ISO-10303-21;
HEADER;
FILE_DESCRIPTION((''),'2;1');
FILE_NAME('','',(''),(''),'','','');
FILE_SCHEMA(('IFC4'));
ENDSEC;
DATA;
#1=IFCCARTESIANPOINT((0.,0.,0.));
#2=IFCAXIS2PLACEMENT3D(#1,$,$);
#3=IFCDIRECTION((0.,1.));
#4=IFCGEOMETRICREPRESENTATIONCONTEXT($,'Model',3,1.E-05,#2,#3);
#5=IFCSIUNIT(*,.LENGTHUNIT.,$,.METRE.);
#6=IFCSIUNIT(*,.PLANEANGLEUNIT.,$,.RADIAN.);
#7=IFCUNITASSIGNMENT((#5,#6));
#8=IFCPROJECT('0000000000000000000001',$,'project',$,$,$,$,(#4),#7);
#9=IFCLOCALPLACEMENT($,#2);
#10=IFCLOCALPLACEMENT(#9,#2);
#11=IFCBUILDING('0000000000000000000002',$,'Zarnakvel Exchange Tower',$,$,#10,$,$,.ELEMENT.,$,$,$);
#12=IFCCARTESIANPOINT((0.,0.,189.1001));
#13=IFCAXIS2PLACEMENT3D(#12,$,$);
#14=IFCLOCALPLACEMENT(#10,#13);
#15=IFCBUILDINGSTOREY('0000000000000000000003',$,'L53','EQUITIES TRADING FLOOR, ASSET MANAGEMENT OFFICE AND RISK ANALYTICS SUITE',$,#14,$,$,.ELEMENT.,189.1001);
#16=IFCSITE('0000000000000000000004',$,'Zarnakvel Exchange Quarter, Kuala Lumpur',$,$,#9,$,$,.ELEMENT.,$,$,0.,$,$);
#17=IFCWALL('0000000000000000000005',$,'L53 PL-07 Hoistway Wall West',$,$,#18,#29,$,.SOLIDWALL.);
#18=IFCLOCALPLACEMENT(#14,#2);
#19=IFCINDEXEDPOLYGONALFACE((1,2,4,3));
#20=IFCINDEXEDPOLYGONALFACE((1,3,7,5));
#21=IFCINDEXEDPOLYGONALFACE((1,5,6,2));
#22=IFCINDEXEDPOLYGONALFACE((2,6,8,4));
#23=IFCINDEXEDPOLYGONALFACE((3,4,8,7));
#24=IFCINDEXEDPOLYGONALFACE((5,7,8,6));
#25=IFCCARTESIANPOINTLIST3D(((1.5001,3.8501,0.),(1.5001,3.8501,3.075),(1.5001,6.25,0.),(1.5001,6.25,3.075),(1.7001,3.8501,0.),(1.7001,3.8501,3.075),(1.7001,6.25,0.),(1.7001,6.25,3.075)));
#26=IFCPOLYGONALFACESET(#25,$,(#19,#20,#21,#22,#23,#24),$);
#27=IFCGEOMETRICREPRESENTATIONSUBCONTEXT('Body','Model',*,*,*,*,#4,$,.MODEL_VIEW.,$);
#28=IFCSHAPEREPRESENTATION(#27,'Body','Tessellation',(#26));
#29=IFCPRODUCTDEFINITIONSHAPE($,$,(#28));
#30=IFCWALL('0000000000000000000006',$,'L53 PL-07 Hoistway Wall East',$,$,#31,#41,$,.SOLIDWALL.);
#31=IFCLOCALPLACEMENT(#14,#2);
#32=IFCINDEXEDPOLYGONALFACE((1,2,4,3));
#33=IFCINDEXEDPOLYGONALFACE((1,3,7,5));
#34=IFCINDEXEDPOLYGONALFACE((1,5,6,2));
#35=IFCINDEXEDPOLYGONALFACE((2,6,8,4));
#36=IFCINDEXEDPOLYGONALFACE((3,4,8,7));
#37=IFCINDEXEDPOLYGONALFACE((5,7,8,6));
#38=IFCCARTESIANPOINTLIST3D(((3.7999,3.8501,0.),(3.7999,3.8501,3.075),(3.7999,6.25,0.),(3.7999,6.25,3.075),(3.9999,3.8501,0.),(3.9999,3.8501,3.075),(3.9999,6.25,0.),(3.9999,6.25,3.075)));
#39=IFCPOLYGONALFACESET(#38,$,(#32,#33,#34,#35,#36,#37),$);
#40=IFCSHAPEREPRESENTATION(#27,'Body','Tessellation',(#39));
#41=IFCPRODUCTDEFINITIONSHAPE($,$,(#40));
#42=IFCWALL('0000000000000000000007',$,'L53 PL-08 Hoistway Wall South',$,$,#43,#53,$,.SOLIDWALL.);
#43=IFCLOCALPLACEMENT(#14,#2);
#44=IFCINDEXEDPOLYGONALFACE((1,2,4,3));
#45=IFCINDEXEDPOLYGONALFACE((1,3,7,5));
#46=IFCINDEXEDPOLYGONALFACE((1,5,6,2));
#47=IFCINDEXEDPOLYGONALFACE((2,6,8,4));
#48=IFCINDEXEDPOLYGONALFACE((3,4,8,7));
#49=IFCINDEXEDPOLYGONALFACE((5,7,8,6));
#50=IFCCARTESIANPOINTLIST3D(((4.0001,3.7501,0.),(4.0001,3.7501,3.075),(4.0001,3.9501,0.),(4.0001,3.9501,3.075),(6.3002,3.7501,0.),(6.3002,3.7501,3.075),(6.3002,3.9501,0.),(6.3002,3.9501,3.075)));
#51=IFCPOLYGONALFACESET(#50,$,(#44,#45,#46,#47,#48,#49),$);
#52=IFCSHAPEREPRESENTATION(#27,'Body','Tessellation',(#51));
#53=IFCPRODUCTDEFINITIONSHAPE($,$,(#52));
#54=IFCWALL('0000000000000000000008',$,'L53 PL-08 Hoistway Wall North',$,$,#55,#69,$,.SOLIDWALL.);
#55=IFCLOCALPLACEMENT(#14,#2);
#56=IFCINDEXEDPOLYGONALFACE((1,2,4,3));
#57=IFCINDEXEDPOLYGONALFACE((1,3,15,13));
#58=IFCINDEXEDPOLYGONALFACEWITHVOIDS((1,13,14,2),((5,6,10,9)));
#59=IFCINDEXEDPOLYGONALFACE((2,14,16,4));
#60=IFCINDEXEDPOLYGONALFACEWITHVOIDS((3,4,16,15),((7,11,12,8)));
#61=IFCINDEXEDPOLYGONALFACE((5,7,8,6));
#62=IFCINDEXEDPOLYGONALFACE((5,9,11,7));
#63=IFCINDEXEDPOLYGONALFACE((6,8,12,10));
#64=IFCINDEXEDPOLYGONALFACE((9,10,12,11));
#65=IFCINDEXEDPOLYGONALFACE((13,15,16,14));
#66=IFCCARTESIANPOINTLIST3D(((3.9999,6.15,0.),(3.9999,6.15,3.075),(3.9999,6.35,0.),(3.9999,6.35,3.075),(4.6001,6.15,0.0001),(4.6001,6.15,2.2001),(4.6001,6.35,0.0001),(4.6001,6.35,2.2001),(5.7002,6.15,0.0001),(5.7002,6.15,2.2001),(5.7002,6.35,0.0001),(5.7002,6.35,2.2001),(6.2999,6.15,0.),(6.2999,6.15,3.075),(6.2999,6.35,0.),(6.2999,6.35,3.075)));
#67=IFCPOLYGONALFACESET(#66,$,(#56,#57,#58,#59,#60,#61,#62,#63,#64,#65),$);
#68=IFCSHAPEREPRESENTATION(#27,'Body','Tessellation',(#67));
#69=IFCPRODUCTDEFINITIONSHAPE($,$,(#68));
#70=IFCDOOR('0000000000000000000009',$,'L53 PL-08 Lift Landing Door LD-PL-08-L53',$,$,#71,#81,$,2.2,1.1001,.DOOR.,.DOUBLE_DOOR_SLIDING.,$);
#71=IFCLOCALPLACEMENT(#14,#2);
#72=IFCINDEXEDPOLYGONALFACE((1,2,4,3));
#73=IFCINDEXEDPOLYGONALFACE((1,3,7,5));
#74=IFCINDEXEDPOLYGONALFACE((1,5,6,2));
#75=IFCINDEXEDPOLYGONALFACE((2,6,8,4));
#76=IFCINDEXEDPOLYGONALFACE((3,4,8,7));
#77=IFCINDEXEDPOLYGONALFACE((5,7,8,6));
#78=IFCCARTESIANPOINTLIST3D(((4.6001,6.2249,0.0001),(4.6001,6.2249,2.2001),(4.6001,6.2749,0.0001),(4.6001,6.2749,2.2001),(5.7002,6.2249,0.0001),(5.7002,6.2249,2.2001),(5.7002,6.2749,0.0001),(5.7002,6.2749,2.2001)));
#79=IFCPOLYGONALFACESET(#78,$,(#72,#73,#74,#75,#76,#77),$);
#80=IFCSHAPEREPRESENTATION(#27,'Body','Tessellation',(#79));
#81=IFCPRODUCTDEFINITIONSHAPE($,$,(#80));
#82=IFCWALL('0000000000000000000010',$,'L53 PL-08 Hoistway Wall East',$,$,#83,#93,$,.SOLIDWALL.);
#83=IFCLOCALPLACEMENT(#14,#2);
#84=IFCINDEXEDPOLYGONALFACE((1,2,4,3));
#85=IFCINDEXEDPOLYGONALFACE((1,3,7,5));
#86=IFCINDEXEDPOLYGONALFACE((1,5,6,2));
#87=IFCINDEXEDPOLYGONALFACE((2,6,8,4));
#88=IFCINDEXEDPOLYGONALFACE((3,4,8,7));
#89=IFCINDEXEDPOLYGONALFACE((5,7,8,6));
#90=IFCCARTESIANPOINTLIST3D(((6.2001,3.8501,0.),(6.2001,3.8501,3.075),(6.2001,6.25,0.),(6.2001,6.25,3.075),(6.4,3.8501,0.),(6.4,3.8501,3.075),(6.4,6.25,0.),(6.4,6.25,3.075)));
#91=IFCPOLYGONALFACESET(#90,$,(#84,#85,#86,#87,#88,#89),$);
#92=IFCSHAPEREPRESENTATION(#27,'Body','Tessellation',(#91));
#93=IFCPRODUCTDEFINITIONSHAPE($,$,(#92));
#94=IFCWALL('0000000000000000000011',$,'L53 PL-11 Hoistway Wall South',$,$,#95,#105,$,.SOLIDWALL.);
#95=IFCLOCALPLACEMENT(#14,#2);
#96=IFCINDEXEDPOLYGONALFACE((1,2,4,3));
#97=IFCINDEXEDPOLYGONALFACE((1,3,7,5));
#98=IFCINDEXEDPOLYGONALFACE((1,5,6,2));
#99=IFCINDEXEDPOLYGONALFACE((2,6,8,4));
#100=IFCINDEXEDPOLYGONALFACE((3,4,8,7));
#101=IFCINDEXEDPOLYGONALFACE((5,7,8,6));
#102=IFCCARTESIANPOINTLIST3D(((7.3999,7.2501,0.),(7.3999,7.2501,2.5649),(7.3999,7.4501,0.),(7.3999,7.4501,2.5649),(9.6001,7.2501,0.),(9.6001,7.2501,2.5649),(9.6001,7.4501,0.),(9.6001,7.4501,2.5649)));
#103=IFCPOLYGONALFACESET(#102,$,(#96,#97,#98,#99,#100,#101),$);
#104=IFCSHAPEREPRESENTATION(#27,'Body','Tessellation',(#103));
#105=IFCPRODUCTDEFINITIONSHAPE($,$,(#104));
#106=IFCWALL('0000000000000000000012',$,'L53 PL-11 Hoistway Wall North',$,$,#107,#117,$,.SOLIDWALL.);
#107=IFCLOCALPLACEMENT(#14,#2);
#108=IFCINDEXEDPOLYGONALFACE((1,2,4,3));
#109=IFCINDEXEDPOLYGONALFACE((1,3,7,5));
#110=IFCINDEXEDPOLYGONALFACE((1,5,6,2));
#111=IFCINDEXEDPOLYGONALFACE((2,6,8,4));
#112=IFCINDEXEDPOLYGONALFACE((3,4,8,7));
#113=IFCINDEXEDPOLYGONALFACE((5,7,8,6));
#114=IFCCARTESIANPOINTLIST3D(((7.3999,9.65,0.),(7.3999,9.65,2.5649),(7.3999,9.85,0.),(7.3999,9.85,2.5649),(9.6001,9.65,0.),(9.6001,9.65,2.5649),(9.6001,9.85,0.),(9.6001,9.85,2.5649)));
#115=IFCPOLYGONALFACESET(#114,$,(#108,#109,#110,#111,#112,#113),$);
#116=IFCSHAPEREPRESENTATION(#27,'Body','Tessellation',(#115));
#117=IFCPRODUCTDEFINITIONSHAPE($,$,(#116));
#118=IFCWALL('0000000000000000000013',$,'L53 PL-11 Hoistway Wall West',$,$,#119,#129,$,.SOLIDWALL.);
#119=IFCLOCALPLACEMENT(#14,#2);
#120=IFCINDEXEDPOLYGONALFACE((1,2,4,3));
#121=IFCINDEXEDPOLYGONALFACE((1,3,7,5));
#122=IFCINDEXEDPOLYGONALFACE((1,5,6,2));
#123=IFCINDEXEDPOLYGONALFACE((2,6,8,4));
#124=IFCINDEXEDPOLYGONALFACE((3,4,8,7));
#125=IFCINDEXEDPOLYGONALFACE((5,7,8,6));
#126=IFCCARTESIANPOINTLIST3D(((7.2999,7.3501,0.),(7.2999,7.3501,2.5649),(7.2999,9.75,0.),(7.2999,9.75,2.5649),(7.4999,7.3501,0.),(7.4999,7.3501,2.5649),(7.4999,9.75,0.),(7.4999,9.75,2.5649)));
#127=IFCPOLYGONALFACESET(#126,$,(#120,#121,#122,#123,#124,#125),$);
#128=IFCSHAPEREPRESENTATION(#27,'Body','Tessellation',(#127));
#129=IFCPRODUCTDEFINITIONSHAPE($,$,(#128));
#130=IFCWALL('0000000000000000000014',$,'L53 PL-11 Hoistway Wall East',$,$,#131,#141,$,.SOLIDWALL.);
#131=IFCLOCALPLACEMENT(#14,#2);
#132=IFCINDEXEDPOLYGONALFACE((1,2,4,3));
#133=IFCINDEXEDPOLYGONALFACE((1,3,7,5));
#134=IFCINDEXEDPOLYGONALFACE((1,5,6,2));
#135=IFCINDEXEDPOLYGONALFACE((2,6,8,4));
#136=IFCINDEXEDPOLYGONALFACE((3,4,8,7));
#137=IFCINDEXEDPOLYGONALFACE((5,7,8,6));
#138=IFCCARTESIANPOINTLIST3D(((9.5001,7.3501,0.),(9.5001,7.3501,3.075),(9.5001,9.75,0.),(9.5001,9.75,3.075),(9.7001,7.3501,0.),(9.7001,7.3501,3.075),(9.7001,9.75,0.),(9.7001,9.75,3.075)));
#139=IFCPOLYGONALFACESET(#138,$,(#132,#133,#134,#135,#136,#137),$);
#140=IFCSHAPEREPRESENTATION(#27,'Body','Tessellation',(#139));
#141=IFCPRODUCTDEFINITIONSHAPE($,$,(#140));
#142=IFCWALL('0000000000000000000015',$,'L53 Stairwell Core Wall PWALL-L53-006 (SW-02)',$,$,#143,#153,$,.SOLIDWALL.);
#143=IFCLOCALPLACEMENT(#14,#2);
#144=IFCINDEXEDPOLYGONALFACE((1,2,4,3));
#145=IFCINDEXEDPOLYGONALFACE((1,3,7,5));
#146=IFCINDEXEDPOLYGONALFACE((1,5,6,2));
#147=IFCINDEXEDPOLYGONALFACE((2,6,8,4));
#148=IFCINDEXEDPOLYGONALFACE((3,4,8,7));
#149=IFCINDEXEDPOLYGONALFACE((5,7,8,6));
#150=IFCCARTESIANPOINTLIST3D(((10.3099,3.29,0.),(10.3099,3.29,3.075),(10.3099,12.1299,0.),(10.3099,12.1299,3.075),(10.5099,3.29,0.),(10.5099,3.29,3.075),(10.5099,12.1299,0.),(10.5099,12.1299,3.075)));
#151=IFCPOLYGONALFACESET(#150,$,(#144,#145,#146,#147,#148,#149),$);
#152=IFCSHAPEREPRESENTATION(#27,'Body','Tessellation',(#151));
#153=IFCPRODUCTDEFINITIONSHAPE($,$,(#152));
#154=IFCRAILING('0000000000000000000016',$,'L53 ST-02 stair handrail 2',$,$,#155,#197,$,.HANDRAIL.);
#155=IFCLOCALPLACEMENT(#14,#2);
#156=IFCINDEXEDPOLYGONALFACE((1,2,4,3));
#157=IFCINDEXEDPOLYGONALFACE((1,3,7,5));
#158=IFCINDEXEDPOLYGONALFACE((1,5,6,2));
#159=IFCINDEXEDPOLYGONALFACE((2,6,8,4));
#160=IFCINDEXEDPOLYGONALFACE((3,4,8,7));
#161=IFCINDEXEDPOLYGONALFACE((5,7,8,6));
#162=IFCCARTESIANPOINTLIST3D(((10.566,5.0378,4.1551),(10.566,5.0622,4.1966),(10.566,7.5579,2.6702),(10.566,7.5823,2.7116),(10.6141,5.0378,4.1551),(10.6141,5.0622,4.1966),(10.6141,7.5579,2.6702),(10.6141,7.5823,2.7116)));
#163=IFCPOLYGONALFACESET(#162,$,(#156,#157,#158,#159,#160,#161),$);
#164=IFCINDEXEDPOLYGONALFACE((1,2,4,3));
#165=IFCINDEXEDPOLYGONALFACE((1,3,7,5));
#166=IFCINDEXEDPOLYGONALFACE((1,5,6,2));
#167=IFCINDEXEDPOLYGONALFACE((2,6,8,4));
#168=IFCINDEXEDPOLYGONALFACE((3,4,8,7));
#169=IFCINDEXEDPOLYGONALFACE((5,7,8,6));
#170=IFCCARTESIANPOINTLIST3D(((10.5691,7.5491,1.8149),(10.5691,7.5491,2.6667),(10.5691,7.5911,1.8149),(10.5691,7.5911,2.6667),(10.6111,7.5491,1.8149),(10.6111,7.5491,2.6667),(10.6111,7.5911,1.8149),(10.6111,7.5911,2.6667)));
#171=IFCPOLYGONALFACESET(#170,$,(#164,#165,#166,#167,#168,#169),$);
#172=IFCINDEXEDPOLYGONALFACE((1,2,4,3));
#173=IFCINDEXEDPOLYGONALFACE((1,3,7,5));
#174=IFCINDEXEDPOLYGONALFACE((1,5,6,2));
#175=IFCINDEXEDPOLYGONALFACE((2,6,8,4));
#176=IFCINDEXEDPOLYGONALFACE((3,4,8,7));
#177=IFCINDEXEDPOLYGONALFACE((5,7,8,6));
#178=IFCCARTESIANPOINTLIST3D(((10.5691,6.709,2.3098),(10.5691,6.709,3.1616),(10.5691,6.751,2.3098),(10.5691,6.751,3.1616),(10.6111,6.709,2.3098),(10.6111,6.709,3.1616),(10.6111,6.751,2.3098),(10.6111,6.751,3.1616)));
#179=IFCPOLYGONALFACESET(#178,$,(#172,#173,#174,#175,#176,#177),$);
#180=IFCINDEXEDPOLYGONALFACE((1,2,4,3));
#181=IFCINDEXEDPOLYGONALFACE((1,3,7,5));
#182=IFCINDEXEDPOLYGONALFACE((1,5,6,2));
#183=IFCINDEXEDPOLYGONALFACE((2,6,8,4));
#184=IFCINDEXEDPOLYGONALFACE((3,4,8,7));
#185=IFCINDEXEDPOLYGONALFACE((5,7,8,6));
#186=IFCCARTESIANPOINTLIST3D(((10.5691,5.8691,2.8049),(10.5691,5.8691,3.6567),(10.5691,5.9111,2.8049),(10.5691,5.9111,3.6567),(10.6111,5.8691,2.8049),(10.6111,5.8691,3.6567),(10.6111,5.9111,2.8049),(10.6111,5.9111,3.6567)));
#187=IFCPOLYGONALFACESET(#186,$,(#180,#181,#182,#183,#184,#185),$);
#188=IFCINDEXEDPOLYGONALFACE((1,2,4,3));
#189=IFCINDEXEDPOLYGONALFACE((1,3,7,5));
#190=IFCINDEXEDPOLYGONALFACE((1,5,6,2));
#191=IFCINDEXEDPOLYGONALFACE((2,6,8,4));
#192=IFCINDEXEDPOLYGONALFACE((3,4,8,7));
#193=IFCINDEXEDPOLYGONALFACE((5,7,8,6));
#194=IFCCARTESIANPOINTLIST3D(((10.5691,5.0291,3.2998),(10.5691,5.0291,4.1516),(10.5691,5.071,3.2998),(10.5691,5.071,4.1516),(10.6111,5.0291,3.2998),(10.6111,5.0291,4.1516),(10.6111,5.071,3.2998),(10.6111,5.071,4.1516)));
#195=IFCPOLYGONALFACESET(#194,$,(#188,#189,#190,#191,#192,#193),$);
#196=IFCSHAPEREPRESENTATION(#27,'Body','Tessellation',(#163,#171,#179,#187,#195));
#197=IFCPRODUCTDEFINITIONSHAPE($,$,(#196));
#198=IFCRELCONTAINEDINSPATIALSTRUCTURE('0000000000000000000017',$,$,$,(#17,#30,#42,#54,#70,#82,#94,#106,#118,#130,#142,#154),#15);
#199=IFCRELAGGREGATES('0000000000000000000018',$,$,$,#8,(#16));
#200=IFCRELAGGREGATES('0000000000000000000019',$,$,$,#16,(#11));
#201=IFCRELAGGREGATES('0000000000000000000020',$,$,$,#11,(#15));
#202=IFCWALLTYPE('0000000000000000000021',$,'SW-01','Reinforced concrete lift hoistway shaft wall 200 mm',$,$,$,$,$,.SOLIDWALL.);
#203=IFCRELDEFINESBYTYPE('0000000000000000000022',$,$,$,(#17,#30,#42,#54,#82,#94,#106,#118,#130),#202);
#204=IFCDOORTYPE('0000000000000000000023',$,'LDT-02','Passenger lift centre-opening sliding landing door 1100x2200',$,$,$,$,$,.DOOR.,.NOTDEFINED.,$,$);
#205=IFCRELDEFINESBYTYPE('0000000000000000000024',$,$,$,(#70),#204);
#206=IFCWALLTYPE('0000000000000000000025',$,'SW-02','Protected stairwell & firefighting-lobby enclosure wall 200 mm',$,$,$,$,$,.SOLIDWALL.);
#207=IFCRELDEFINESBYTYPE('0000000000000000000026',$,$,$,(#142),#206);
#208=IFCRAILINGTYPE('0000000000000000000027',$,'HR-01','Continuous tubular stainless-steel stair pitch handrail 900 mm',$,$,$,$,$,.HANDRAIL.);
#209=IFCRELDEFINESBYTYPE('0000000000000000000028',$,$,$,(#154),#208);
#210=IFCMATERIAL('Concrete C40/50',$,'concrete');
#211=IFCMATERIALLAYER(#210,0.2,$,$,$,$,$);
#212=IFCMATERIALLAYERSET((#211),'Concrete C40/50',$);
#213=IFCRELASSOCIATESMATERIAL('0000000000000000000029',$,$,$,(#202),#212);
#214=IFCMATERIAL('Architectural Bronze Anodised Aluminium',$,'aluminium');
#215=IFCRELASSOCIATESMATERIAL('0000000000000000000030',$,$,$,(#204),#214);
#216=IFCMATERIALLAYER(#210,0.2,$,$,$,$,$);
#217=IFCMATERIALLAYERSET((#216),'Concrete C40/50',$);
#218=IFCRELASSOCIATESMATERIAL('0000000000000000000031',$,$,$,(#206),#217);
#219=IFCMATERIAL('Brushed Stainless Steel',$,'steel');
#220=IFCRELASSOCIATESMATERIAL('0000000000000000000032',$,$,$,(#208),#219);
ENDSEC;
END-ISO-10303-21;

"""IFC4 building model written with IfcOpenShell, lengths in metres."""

from ifc_helpers import new_model, si_unit, direction, frame, frame_2d, origin, origin_2d, place, context, subcontext, project, spatial, rectangle, extrude, source, transform, mapped, material, layer, layer_set, type_object, element, fill, save


model = new_model("IFC4")

# Units and contexts
model_context = context("Model", 3, precision=1e-05, world=origin(), true_north=direction((0.0, 1.0)))
body_context = subcontext(model_context, "Body", "Model", "MODEL_VIEW")
ifc_project = project(units=[si_unit("LENGTHUNIT", "METRE"), si_unit("PLANEANGLEUNIT", "RADIAN")], contexts=[model_context])

# Site, building, storey
site_placement = place(None, origin())
site = spatial("IfcSite", under=ifc_project, at=site_placement, Name="Zarnakvel Exchange Quarter, Kuala Lumpur", CompositionType="ELEMENT", RefElevation=0.0)
building_placement = place(site_placement, origin())
building = spatial("IfcBuilding", under=site, at=building_placement, Name="Zarnakvel Exchange Tower", CompositionType="ELEMENT")
storey_placement = place(building_placement, frame((0.0, 0.0, 189.1001)))
storey = spatial("IfcBuildingStorey", under=building, at=storey_placement, Name="L53", Description="EQUITIES TRADING FLOOR, ASSET MANAGEMENT OFFICE AND RISK ANALYTICS SUITE", CompositionType="ELEMENT", Elevation=189.1001)

# Shared definitions
ifc_material_1 = material(Name="Concrete C40/50", Category="concrete")
ifc_layer_1 = layer(ifc_material_1, 0.2)
ifc_layer_set_1 = layer_set([ifc_layer_1], Name="Concrete C40/50")
wall_type_1 = type_object("IfcWallType", Name="SW-01", Description="Reinforced concrete lift hoistway shaft wall 200 mm", PredefinedType="SOLIDWALL", material=ifc_layer_set_1)
ifc_material_2 = material(Name="Brushed Stainless Steel", Category="steel")
shared_shape_1 = source(origin(), body_context, "Body", "SweptSolid", [
    extrude(rectangle(XDim=1.1001, YDim=2.2, at=frame_2d((0.55, 1.1001))), frame((0.0, 0.0249, 0.0), z_axis=(0.0, -1.0, 0.0), x_axis=(1.0, 0.0, 0.0)), (0.0, 0.0, 1.0), 0.05),
])

# Shared definitions
ifc_material_3 = material(Name="Architectural Bronze Anodised Aluminium", Category="aluminium")
door_type_1 = type_object("IfcDoorType", Name="LDT-02", Description="Passenger lift centre-opening sliding landing door 1100x2200", OperationType="NOTDEFINED", PredefinedType="DOOR", material=ifc_material_3)

# Walls
for number, where, z_axis, x_axis, name in (
    (1, (1.6001, 3.8501, 0.0), (0.0, 0.0, 1.0), (0.0, 1.0, 0.0), "L53 PL-07 Hoistway Wall West"),
    (2, (3.8999, 6.25, 0.0), (0.0, 0.0, 1.0), (0.0, -1.0, 0.0), "L53 PL-07 Hoistway Wall East"),
):
    element("IfcWall", number, at=place(storey_placement, frame(where, z_axis=z_axis, x_axis=x_axis)), inside=storey, type_object=wall_type_1, Name=name, PredefinedType="SOLIDWALL", context=body_context, shape_type="SweptSolid", body=[
        extrude(rectangle(XDim=2.3999, YDim=0.2, at=frame_2d((1.2, 0.0))), origin(), (0.0, 0.0, 1.0), 3.075),
    ])
wall_1_placement = place(storey_placement, frame((6.3, 3.8501, 0.0), z_axis=(0.0, 0.0, 1.0), x_axis=(-1.0, 0.0, 0.0)))
element("IfcWall", 3, at=wall_1_placement, inside=storey, type_object=wall_type_1, Name="L53 PL-08 Hoistway Wall South", PredefinedType="SOLIDWALL", context=body_context, shape_type="SweptSolid", body=[
    extrude(rectangle(XDim=2.3, YDim=0.2, at=frame_2d((1.1499, 0.0))), origin(), (0.0, 0.0, 1.0), 3.075),
])

# Wall, opening, door
wall_2_placement = place(storey_placement, frame((4.0, 6.25, 0.0), z_axis=(0.0, 0.0, 1.0), x_axis=(1.0, 0.0, 0.0)))
wall_2 = element("IfcWall", 4, at=wall_2_placement, inside=storey, type_object=wall_type_1, Name="L53 PL-08 Hoistway Wall North", PredefinedType="SOLIDWALL", context=body_context, shape_type="SweptSolid", body=[
    extrude(rectangle(XDim=2.3, YDim=0.2, at=frame_2d((1.1499, 0.0))), origin(), (0.0, 0.0, 1.0), 3.075),
])
opening_1_placement = place(wall_2_placement, frame((0.6001, 0.0, 0.0)))
opening_1 = element("IfcOpeningElement", 5, at=opening_1_placement, cuts=wall_2, PredefinedType="OPENING", context=body_context, shape_type="SweptSolid", body=[
    extrude(rectangle(XDim=1.1001, YDim=2.2, at=frame_2d((0.55, 1.1001))), frame((0.0, 0.1099, 0.0), z_axis=(0.0, -1.0, 0.0), x_axis=(1.0, 0.0, 0.0)), (0.0, 0.0, 1.0), 0.22),
])
door_1_placement = place(opening_1_placement, origin())
door_1 = element("IfcDoor", 6, at=door_1_placement, inside=storey, type_object=door_type_1, Name="L53 PL-08 Lift Landing Door LD-PL-08-L53", OperationType="DOUBLE_DOOR_SLIDING", OverallHeight=2.2, OverallWidth=1.1001, PredefinedType="DOOR", context=body_context, shape_type="MappedRepresentation", body=[
    mapped(shared_shape_1, transform((0.0, 0.0, 0.0), x_axis=(1.0, 0.0, 0.0), y_axis=(0.0, 1.0, 0.0), z_axis=(0.0, 0.0, 1.0), scale=1.0)),
])
fill(opening_1, door_1)

# Walls
wall_3_placement = place(storey_placement, frame((6.3, 6.25, 0.0), z_axis=(0.0, 0.0, 1.0), x_axis=(0.0, -1.0, 0.0)))
element("IfcWall", 7, at=wall_3_placement, inside=storey, type_object=wall_type_1, Name="L53 PL-08 Hoistway Wall East", PredefinedType="SOLIDWALL", context=body_context, shape_type="SweptSolid", body=[
    extrude(rectangle(XDim=2.3999, YDim=0.2, at=frame_2d((1.2, 0.0))), origin(), (0.0, 0.0, 1.0), 3.075),
])
for number, where, z_axis, x_axis, name in (
    (8, (9.6001, 7.3501, 0.0), (0.0, 0.0, 1.0), (-1.0, 0.0, 0.0), "L53 PL-11 Hoistway Wall South"),
    (9, (7.3999, 9.75, 0.0), (0.0, 0.0, 1.0), (1.0, 0.0, 0.0), "L53 PL-11 Hoistway Wall North"),
):
    element("IfcWall", number, at=place(storey_placement, frame(where, z_axis=z_axis, x_axis=x_axis)), inside=storey, type_object=wall_type_1, Name=name, PredefinedType="SOLIDWALL", context=body_context, shape_type="SweptSolid", body=[
        extrude(rectangle(XDim=2.2002, YDim=0.2, at=frame_2d((1.1001, 0.0))), origin(), (0.0, 0.0, 1.0), 2.5649),
    ])
wall_4_placement = place(storey_placement, frame((7.3999, 7.3501, 0.0), z_axis=(0.0, 0.0, 1.0), x_axis=(0.0, 1.0, 0.0)))
element("IfcWall", 10, at=wall_4_placement, inside=storey, type_object=wall_type_1, Name="L53 PL-11 Hoistway Wall West", PredefinedType="SOLIDWALL", context=body_context, shape_type="SweptSolid", body=[
    extrude(rectangle(XDim=2.3999, YDim=0.2, at=frame_2d((1.2, 0.0))), origin(), (0.0, 0.0, 1.0), 2.5649),
])
wall_5_placement = place(storey_placement, frame((9.6001, 9.75, 0.0), z_axis=(0.0, 0.0, 1.0), x_axis=(0.0, -1.0, 0.0)))
element("IfcWall", 11, at=wall_5_placement, inside=storey, type_object=wall_type_1, Name="L53 PL-11 Hoistway Wall East", PredefinedType="SOLIDWALL", context=body_context, shape_type="SweptSolid", body=[
    extrude(rectangle(XDim=2.3999, YDim=0.2, at=frame_2d((1.2, 0.0))), origin(), (0.0, 0.0, 1.0), 3.075),
])
ifc_layer_2 = layer(ifc_material_1, 0.2)
ifc_layer_set_2 = layer_set([ifc_layer_2], Name="Concrete C40/50")
wall_type_2 = type_object("IfcWallType", Name="SW-02", Description="Protected stairwell & firefighting-lobby enclosure wall 200 mm", PredefinedType="SOLIDWALL", material=ifc_layer_set_2)
wall_6_placement = place(storey_placement, frame((10.4099, 3.29, 0.0), z_axis=(0.0, 0.0, 1.0), x_axis=(0.0, 1.0, 0.0)))
element("IfcWall", 12, at=wall_6_placement, inside=storey, type_object=wall_type_2, Name="L53 Stairwell Core Wall PWALL-L53-006 (SW-02)", PredefinedType="SOLIDWALL", context=body_context, shape_type="SweptSolid", body=[
    extrude(rectangle(XDim=8.8398, YDim=0.2, at=frame_2d((4.4199, 0.0))), origin(), (0.0, 0.0, 1.0), 3.075),
])

# Railing
railing_type = type_object("IfcRailingType", Name="HR-01", Description="Continuous tubular stainless-steel stair pitch handrail 900 mm", PredefinedType="HANDRAIL", material=ifc_material_2)
railing_placement = place(storey_placement, frame((10.5901, 7.5701, 1.8149)))
element("IfcRailing", 13, at=railing_placement, inside=storey, type_object=railing_type, Name="L53 ST-02 stair handrail 2", PredefinedType="HANDRAIL", context=body_context, shape_type="SweptSolid", body=[
    extrude(rectangle(XDim=0.0481, YDim=0.0481, at=origin_2d()), frame((0.0, 0.0, 0.876), z_axis=(0.0, -0.861561, 0.507655), x_axis=(1.0, 0.0, 0.0)), (0.0, 0.0, 1.0), 2.925),
    extrude(rectangle(XDim=0.042, YDim=0.042, at=origin_2d()), origin(), (0.0, 0.0, 1.0), 0.8518),
    extrude(rectangle(XDim=0.042, YDim=0.042, at=origin_2d()), frame((0.0, -0.8401, 0.4949)), (0.0, 0.0, 1.0), 0.8518),
    extrude(rectangle(XDim=0.042, YDim=0.042, at=origin_2d()), frame((0.0, -1.6799, 0.99)), (0.0, 0.0, 1.0), 0.8518),
    extrude(rectangle(XDim=0.042, YDim=0.042, at=origin_2d()), frame((0.0, -2.52, 1.4849)), (0.0, 0.0, 1.0), 0.8518),
])

save(model, "model.ifc")
